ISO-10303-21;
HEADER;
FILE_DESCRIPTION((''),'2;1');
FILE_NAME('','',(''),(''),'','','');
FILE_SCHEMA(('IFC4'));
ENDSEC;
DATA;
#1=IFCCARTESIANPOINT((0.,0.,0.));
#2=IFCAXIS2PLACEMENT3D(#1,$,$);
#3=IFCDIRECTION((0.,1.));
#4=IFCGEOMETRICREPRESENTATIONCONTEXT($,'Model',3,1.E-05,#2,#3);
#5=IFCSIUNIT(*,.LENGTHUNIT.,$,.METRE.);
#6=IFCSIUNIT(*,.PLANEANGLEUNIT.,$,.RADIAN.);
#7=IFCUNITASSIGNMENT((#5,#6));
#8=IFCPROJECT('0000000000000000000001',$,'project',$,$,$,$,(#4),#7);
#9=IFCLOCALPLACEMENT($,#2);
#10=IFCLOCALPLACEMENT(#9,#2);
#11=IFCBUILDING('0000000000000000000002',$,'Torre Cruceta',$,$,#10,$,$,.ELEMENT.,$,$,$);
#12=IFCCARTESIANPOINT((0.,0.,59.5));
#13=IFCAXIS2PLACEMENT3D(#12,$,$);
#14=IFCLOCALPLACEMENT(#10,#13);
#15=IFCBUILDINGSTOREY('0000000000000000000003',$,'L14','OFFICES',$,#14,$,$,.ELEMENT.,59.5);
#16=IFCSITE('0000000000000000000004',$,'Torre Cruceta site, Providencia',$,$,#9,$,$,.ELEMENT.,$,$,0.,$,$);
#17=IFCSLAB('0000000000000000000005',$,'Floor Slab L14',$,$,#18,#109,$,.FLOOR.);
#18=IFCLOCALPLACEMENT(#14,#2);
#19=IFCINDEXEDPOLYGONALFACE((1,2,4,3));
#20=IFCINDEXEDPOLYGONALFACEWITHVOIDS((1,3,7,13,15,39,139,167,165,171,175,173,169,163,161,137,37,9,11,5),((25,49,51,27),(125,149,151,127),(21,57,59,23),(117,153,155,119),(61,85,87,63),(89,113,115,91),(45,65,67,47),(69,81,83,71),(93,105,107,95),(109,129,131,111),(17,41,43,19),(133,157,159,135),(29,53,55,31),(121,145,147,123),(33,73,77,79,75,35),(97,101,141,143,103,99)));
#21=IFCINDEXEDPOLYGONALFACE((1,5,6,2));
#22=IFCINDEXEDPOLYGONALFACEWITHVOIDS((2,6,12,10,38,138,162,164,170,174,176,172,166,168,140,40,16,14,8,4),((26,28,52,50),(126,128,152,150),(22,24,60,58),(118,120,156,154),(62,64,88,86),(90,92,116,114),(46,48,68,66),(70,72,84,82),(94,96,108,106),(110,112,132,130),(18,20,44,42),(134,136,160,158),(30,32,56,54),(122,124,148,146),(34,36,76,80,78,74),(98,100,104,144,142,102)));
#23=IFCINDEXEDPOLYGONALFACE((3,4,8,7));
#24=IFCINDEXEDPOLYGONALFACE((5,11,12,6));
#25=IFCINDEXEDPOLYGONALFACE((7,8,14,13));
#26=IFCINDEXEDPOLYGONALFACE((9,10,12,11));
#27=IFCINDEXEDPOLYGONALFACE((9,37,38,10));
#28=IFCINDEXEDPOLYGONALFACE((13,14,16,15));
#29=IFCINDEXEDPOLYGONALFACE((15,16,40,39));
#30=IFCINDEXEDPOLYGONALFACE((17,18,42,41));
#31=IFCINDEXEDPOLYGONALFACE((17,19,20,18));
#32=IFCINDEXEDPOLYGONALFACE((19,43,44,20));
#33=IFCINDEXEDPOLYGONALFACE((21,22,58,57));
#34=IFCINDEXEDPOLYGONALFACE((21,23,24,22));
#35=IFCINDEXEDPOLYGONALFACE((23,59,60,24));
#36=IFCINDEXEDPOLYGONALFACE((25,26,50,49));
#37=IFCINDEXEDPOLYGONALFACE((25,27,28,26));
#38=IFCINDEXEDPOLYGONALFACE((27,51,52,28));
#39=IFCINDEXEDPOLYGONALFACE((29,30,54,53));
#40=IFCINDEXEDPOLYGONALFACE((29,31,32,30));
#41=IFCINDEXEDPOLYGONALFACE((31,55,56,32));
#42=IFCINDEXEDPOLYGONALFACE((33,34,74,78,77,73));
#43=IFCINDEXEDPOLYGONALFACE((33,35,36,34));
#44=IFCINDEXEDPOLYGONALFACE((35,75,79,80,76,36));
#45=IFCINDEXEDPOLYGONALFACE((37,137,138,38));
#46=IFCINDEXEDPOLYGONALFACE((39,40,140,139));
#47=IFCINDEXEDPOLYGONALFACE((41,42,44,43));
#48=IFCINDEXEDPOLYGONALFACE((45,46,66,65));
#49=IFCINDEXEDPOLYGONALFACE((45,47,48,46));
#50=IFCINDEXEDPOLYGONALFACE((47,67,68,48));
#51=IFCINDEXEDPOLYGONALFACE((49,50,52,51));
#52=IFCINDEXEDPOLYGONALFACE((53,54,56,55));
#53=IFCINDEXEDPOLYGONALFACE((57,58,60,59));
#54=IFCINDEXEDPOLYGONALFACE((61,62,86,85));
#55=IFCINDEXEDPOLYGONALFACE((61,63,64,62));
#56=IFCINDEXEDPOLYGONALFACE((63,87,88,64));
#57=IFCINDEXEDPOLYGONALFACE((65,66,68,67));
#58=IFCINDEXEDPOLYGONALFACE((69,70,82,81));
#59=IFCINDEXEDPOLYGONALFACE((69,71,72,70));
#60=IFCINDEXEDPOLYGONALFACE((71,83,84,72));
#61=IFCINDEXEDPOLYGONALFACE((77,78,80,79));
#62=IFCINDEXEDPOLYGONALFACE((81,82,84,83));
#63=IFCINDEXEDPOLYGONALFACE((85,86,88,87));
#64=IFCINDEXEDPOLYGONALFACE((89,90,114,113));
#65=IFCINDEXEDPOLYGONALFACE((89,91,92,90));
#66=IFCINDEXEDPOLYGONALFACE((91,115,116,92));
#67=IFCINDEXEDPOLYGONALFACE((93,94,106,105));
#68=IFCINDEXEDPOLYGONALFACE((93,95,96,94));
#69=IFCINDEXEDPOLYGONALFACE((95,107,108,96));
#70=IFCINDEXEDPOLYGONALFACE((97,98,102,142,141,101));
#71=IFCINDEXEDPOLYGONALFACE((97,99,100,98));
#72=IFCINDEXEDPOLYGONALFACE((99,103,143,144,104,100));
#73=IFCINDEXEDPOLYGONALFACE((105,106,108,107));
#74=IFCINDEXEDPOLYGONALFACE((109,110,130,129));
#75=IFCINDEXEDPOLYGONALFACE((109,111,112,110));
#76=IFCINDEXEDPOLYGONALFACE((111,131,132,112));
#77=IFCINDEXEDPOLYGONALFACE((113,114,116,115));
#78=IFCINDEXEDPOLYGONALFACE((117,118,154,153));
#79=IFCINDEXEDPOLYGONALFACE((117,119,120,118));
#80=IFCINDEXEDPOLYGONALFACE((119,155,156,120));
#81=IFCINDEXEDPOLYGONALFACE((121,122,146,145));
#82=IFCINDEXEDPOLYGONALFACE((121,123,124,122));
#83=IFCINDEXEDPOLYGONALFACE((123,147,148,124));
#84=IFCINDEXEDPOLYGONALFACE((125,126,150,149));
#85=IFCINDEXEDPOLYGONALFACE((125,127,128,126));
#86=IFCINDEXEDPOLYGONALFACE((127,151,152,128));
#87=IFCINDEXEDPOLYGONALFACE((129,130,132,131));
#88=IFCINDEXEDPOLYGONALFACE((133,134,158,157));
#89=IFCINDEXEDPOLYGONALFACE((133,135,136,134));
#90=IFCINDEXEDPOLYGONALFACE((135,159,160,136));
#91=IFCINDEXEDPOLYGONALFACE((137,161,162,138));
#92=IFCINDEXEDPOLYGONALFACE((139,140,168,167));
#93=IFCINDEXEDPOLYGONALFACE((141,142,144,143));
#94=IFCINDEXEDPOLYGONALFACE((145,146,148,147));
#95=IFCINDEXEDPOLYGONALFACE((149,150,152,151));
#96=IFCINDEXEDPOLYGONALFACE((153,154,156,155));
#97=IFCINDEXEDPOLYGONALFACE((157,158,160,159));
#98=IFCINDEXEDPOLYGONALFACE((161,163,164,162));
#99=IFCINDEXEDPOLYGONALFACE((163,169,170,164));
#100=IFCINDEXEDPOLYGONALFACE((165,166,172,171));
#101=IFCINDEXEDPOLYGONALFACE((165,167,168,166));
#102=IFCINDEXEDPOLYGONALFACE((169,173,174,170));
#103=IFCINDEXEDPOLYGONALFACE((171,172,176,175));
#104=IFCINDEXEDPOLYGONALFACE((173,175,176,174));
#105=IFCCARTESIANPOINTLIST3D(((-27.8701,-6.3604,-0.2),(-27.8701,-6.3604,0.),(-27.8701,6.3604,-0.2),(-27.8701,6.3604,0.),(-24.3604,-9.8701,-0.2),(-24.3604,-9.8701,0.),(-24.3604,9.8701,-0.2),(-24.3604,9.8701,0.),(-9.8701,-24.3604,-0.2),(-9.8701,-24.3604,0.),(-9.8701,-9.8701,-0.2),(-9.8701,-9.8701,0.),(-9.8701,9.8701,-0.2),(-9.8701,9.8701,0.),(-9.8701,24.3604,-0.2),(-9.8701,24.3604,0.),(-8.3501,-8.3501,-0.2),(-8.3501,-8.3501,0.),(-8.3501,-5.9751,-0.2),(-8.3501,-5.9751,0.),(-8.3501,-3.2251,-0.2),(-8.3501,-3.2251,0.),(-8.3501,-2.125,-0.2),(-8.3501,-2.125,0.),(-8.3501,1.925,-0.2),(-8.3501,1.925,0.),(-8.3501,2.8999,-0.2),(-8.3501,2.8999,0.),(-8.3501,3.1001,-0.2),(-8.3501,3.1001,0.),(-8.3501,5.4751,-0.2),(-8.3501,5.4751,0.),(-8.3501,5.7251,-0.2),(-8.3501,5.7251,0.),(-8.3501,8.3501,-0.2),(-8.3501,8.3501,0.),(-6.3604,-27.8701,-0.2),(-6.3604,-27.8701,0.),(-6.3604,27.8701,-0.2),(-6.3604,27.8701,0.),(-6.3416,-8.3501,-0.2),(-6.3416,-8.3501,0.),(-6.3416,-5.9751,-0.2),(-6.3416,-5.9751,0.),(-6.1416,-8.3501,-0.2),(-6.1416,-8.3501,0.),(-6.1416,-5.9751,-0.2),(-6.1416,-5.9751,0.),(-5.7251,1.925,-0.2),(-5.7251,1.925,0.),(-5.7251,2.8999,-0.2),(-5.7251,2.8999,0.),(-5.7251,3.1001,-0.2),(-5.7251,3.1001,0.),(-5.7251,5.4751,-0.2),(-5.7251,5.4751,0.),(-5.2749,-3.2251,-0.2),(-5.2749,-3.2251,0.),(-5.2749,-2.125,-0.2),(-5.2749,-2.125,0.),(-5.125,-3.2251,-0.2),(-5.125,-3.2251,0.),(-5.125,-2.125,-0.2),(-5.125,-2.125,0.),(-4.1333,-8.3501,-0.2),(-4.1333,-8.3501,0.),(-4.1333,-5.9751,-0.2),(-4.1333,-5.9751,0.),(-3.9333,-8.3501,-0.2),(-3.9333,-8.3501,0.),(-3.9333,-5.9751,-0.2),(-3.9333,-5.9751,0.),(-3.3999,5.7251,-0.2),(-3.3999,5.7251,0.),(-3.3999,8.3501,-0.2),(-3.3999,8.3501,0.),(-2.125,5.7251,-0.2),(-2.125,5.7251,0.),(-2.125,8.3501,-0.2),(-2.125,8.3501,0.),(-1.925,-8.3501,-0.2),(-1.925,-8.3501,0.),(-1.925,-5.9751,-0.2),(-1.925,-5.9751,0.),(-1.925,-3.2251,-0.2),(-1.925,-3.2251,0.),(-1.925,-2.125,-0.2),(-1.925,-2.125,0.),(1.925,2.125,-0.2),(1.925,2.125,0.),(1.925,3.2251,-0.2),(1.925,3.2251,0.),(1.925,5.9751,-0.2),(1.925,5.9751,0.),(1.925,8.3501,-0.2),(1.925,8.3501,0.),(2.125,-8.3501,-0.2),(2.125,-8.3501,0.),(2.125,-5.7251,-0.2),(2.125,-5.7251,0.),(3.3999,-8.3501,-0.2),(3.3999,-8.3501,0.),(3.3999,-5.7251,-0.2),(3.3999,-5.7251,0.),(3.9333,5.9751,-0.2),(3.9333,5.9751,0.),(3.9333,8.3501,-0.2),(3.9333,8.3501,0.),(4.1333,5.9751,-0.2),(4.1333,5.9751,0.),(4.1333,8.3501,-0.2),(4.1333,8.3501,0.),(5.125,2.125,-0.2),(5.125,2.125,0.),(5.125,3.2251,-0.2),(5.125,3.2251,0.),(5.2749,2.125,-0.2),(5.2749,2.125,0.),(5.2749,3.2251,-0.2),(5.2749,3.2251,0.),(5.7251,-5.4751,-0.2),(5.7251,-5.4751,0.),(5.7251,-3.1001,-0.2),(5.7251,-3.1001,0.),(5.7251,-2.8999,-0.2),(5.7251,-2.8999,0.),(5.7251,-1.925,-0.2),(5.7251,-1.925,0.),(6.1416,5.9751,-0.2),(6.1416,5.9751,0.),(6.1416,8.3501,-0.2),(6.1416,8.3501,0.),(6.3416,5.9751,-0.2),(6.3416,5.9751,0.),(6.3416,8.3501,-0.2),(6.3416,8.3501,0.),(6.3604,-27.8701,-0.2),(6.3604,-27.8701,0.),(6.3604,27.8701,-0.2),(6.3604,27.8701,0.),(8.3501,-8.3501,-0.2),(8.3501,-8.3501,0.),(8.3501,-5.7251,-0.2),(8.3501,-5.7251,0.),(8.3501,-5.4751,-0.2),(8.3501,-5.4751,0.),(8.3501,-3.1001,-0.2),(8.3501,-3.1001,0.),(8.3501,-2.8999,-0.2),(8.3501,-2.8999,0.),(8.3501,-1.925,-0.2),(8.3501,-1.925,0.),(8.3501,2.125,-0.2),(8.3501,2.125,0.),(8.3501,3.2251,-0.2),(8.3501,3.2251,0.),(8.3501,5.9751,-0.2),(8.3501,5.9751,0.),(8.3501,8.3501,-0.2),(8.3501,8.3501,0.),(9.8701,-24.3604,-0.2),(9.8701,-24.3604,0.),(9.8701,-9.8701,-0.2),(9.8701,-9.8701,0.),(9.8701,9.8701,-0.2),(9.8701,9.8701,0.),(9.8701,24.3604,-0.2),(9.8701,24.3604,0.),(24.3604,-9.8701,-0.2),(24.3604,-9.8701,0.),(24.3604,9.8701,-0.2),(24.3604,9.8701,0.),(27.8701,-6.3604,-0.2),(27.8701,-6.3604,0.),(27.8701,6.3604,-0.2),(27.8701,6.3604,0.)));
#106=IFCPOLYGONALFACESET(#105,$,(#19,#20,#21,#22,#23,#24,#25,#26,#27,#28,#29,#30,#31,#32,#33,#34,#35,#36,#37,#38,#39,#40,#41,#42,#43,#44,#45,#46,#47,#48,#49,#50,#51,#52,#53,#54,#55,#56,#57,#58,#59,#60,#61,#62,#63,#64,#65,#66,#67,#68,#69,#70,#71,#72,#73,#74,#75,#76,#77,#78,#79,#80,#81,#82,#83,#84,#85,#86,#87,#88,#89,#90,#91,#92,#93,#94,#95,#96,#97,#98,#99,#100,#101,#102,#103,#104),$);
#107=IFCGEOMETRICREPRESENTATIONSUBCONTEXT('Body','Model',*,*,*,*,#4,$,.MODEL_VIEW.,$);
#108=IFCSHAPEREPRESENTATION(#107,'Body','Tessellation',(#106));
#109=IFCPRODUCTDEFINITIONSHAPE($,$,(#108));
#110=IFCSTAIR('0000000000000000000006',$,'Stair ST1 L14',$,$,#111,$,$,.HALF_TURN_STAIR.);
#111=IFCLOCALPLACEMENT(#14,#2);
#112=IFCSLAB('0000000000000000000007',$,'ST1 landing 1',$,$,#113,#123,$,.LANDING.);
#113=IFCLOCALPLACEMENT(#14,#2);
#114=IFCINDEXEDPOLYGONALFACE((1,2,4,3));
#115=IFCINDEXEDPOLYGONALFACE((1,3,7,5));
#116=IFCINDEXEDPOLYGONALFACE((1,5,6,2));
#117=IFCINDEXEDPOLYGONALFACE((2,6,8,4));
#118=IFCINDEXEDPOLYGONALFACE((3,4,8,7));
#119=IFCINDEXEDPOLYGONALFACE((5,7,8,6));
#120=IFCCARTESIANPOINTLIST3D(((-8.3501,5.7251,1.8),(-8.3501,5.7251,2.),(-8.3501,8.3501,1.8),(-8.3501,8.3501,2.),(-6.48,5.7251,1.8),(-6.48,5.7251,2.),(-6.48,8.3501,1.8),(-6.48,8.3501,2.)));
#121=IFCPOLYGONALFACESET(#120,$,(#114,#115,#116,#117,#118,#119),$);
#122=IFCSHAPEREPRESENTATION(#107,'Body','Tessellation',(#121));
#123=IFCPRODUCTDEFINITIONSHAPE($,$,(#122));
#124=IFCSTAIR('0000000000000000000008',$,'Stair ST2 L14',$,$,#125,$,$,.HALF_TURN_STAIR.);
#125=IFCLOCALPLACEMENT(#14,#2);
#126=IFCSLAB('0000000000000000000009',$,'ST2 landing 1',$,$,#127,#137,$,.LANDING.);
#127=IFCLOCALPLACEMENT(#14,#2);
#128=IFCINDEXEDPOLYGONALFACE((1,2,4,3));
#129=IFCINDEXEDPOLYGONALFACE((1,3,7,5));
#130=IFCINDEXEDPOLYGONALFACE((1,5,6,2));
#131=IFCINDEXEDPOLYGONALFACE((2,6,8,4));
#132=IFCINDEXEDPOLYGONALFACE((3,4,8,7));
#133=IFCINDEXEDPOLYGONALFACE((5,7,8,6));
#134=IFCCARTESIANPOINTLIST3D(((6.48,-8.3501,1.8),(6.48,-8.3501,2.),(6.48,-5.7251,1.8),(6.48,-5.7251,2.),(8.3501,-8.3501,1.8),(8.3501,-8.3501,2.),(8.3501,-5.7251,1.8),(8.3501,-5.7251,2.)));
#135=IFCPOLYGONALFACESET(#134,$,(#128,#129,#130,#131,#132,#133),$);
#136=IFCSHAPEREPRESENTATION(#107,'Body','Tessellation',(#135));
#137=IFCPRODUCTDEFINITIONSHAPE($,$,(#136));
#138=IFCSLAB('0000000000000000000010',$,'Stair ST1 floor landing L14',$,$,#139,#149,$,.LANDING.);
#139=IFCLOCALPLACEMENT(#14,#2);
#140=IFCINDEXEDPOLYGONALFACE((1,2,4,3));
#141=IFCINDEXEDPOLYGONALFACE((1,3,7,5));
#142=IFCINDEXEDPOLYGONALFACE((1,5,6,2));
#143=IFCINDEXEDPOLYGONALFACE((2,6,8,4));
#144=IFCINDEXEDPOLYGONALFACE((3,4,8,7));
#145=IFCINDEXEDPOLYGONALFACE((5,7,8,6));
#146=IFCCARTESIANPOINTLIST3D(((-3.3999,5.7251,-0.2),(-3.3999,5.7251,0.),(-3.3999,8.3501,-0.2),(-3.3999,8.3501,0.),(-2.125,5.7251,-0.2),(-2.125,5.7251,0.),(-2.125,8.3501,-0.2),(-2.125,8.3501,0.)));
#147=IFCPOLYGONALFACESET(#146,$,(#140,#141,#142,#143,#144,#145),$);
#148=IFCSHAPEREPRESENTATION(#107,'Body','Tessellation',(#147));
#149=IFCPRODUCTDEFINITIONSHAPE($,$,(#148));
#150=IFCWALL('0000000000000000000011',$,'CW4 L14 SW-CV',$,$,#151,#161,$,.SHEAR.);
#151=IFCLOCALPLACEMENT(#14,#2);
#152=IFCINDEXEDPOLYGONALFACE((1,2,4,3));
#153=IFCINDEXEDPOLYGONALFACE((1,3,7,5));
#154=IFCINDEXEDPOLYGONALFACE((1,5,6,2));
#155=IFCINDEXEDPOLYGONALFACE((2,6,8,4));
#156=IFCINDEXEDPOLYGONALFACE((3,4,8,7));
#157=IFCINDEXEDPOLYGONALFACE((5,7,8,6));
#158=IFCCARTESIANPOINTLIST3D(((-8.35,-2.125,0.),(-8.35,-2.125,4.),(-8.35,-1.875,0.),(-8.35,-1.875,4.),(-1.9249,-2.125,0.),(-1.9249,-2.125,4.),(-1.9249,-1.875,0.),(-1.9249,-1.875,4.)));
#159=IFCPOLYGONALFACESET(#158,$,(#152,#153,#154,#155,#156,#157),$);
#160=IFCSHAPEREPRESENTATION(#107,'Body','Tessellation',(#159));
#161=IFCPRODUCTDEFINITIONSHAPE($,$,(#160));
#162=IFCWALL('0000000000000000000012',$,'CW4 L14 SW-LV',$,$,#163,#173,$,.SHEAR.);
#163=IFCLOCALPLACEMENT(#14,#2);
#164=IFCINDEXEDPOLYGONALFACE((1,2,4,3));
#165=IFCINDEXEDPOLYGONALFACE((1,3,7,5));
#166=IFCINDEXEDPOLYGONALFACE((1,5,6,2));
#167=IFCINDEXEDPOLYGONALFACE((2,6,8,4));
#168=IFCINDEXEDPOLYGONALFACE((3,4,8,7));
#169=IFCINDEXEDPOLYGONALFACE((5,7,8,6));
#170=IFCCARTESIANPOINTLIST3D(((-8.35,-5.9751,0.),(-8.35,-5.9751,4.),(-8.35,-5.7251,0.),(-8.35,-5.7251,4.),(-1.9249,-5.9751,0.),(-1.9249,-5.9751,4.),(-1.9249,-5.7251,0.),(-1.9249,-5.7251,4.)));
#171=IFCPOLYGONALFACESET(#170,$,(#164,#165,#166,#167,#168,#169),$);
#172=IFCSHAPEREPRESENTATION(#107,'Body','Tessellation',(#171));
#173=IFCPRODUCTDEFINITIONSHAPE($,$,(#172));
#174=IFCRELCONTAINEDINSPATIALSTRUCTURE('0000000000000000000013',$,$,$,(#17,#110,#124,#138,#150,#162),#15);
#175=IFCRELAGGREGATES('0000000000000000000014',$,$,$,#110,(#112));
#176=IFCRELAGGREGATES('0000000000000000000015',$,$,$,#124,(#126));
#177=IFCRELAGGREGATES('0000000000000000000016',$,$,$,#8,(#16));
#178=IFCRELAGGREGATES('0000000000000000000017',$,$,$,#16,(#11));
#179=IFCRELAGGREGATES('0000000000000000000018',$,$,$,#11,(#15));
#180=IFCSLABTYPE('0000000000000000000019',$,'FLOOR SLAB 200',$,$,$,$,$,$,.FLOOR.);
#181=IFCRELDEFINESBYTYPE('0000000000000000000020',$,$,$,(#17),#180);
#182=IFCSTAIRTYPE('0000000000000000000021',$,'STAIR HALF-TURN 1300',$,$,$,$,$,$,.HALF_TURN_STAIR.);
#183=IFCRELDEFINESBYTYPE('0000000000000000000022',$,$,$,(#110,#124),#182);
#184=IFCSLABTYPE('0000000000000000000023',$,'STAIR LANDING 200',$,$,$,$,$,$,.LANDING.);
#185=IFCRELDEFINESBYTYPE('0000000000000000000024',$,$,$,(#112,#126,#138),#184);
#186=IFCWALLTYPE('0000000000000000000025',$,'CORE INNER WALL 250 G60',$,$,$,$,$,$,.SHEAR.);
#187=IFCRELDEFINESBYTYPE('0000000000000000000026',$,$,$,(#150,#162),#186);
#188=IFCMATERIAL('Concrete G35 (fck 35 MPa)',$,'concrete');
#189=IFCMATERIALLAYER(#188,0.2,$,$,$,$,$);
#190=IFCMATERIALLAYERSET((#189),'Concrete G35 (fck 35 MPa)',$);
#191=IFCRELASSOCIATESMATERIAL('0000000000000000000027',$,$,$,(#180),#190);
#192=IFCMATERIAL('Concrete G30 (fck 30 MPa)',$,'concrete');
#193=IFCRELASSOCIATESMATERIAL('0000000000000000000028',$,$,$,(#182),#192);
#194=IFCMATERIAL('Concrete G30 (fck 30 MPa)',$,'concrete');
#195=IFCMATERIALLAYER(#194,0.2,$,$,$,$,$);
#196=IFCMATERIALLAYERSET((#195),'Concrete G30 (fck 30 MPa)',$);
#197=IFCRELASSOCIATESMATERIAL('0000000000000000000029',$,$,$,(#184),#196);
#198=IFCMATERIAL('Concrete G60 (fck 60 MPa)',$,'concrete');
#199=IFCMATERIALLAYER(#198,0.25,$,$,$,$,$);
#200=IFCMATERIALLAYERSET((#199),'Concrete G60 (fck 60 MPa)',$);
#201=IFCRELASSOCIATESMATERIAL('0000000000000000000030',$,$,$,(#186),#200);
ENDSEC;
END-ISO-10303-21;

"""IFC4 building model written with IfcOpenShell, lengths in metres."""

from ifc_helpers import new_model, si_unit, direction, frame, frame_2d, origin, place, context, subcontext, project, spatial, polyline, rectangle, outline, extrude, material, layer, layer_set, type_object, element, aggregate, save


model = new_model("IFC4")

# Units and contexts
model_context = context("Model", 3, precision=1e-05, world=origin(), true_north=direction((0.0, 1.0)))
body_context = subcontext(model_context, "Body", "Model", "MODEL_VIEW")
ifc_project = project(units=[si_unit("LENGTHUNIT", "METRE"), si_unit("PLANEANGLEUNIT", "RADIAN")], contexts=[model_context])

# Site, building, storey
site_placement = place(None, origin())
site = spatial("IfcSite", under=ifc_project, at=site_placement, Name="Torre Cruceta site, Providencia", CompositionType="ELEMENT", RefElevation=0.0)
building_placement = place(site_placement, origin())
building = spatial("IfcBuilding", under=site, at=building_placement, Name="Torre Cruceta", CompositionType="ELEMENT")
storey_placement = place(building_placement, frame((0.0, 0.0, 59.5)))
storey = spatial("IfcBuildingStorey", under=building, at=storey_placement, Name="L14", Description="OFFICES", CompositionType="ELEMENT", Elevation=59.5)

# Slab
ifc_material_1 = material(Name="Concrete G35 (fck 35 MPa)", Category="concrete")
ifc_layer_1 = layer(ifc_material_1, 0.2)
ifc_layer_set_1 = layer_set([ifc_layer_1], Name="Concrete G35 (fck 35 MPa)")
slab_type_1 = type_object("IfcSlabType", Name="FLOOR SLAB 200", PredefinedType="FLOOR", material=ifc_layer_set_1)
slab_1_placement = place(storey_placement, frame((0.0, 0.0, -0.2)))
element("IfcSlab", 1, at=slab_1_placement, inside=storey, type_object=slab_type_1, Name="Floor Slab L14", PredefinedType="FLOOR", context=body_context, shape_type="SweptSolid", body=[
    extrude(outline(polyline([(9.8701, -9.8701), (9.8701, -24.3604), (6.3604, -27.8701), (-6.3604, -27.8701), (-9.8701, -24.3604), (-9.8701, -9.8701), (-24.3604, -9.8701), (-27.8701, -6.3604), (-27.8701, 6.3604), (-24.3604, 9.8701), (-9.8701, 9.8701), (-9.8701, 24.3604), (-6.3604, 27.8701), (6.3604, 27.8701), (9.8701, 24.3604), (9.8701, 9.8701), (24.3604, 9.8701), (27.8701, 6.3604), (27.8701, -6.3604), (24.3604, -9.8701), (9.8701, -9.8701)]), holes=[polyline([(1.925, 5.9751), (3.9333, 5.9751), (3.9333, 8.3501), (1.925, 8.3501), (1.925, 5.9751)]), polyline([(4.1333, 5.9751), (6.1416, 5.9751), (6.1416, 8.3501), (4.1333, 8.3501), (4.1333, 5.9751)]), polyline([(6.3416, 5.9751), (8.3501, 5.9751), (8.3501, 8.3501), (6.3416, 8.3501), (6.3416, 5.9751)]), polyline([(1.925, 2.125), (5.125, 2.125), (5.125, 3.2251), (1.925, 3.2251), (1.925, 2.125)]), polyline([(5.2749, 2.125), (8.3501, 2.125), (8.3501, 3.2251), (5.2749, 3.2251), (5.2749, 2.125)]), polyline([(-8.3501, 3.1001), (-5.7251, 3.1001), (-5.7251, 5.4751), (-8.3501, 5.4751), (-8.3501, 3.1001)]), polyline([(-8.3501, 1.925), (-5.7251, 1.925), (-5.7251, 2.8999), (-8.3501, 2.8999), (-8.3501, 1.925)]), polyline([(-3.9333, -8.3501), (-1.925, -8.3501), (-1.925, -5.9751), (-3.9333, -5.9751), (-3.9333, -8.3501)]), polyline([(-6.1416, -8.3501), (-4.1333, -8.3501), (-4.1333, -5.9751), (-6.1416, -5.9751), (-6.1416, -8.3501)]), polyline([(-8.3501, -8.3501), (-6.3416, -8.3501), (-6.3416, -5.9751), (-8.3501, -5.9751), (-8.3501, -8.3501)]), polyline([(-5.125, -3.2251), (-1.925, -3.2251), (-1.925, -2.125), (-5.125, -2.125), (-5.125, -3.2251)]), polyline([(-8.3501, -3.2251), (-5.2749, -3.2251), (-5.2749, -2.125), (-8.3501, -2.125), (-8.3501, -3.2251)]), polyline([(5.7251, -5.4751), (8.3501, -5.4751), (8.3501, -3.1001), (5.7251, -3.1001), (5.7251, -5.4751)]), polyline([(5.7251, -2.8999), (8.3501, -2.8999), (8.3501, -1.925), (5.7251, -1.925), (5.7251, -2.8999)]), polyline([(-8.3501, 5.7251), (-8.3501, 8.3501), (-3.3999, 8.3501), (-2.125, 8.3501), (-2.125, 5.7251), (-3.3999, 5.7251), (-8.3501, 5.7251)]), polyline([(2.125, -5.7251), (3.3999, -5.7251), (8.3501, -5.7251), (8.3501, -8.3501), (3.3999, -8.3501), (2.125, -8.3501), (2.125, -5.7251)])]), origin(), (0.0, 0.0, 1.0), 0.2),
])

# Stairs, slabs
ifc_material_2 = material(Name="Concrete G30 (fck 30 MPa)", Category="concrete")
stair_type = type_object("IfcStairType", Name="STAIR HALF-TURN 1300", PredefinedType="HALF_TURN_STAIR", material=ifc_material_2)
stair_1_placement = place(storey_placement, origin())
stair_1 = element("IfcStair", 2, at=stair_1_placement, inside=storey, type_object=stair_type, Name="Stair ST1 L14", PredefinedType="HALF_TURN_STAIR")
ifc_material_3 = material(Name="Concrete G30 (fck 30 MPa)", Category="concrete")
ifc_layer_2 = layer(ifc_material_3, 0.2)
ifc_layer_set_2 = layer_set([ifc_layer_2], Name="Concrete G30 (fck 30 MPa)")
slab_type_2 = type_object("IfcSlabType", Name="STAIR LANDING 200", PredefinedType="LANDING", material=ifc_layer_set_2)
slab_2_placement = place(storey_placement, frame((0.0, 0.0, 1.8)))
slab_2 = element("IfcSlab", 3, at=slab_2_placement, type_object=slab_type_2, Name="ST1 landing 1", PredefinedType="LANDING", context=body_context, shape_type="SweptSolid", body=[
    extrude(outline(polyline([(-8.3501, 5.7251), (-6.48, 5.7251), (-6.48, 8.3501), (-8.3501, 8.3501), (-8.3501, 5.7251)])), origin(), (0.0, 0.0, 1.0), 0.2),
])
aggregate(stair_1, [slab_2])
stair_2_placement = place(storey_placement, origin())
stair_2 = element("IfcStair", 4, at=stair_2_placement, inside=storey, type_object=stair_type, Name="Stair ST2 L14", PredefinedType="HALF_TURN_STAIR")
slab_3_placement = place(storey_placement, frame((0.0, 0.0, 1.8)))
slab_3 = element("IfcSlab", 5, at=slab_3_placement, type_object=slab_type_2, Name="ST2 landing 1", PredefinedType="LANDING", context=body_context, shape_type="SweptSolid", body=[
    extrude(outline(polyline([(6.48, -8.3501), (8.3501, -8.3501), (8.3501, -5.7251), (6.48, -5.7251), (6.48, -8.3501)])), origin(), (0.0, 0.0, 1.0), 0.2),
])
aggregate(stair_2, [slab_3])

# Slab
slab_4_placement = place(storey_placement, frame((0.0, 0.0, -0.2)))
element("IfcSlab", 6, at=slab_4_placement, inside=storey, type_object=slab_type_2, Name="Stair ST1 floor landing L14", PredefinedType="LANDING", context=body_context, shape_type="SweptSolid", body=[
    extrude(outline(polyline([(-2.125, 8.3501), (-2.125, 5.7251), (-3.3999, 5.7251), (-3.3999, 8.3501), (-2.125, 8.3501)])), origin(), (0.0, 0.0, 1.0), 0.2),
])

# Shared definitions
ifc_material_4 = material(Name="Concrete G60 (fck 60 MPa)", Category="concrete")
ifc_layer_3 = layer(ifc_material_4, 0.25)
ifc_layer_set_3 = layer_set([ifc_layer_3], Name="Concrete G60 (fck 60 MPa)")
wall_type_1 = type_object("IfcWallType", Name="CORE INNER WALL 250 G60", PredefinedType="SHEAR", material=ifc_layer_set_3)

# Walls
for number, where, z_axis, x_axis, name in (
    (7, (-1.925, -2.0, 0.0), (0.0, 0.0, 1.0), (-1.0, 0.0, 0.0), "CW4 L14 SW-CV"),
    (8, (-1.925, -5.8501, 0.0), (0.0, 0.0, 1.0), (-1.0, 0.0, 0.0), "CW4 L14 SW-LV"),
):
    element("IfcWall", number, at=place(storey_placement, frame(where, z_axis=z_axis, x_axis=x_axis)), inside=storey, type_object=wall_type_1, Name=name, PredefinedType="SHEAR", context=body_context, shape_type="SweptSolid", body=[
        extrude(rectangle(XDim=6.425, YDim=0.25, at=frame_2d((3.2124, 0.0))), origin(), (0.0, 0.0, 1.0), 4.0),
    ])

save(model, "model.ifc")
